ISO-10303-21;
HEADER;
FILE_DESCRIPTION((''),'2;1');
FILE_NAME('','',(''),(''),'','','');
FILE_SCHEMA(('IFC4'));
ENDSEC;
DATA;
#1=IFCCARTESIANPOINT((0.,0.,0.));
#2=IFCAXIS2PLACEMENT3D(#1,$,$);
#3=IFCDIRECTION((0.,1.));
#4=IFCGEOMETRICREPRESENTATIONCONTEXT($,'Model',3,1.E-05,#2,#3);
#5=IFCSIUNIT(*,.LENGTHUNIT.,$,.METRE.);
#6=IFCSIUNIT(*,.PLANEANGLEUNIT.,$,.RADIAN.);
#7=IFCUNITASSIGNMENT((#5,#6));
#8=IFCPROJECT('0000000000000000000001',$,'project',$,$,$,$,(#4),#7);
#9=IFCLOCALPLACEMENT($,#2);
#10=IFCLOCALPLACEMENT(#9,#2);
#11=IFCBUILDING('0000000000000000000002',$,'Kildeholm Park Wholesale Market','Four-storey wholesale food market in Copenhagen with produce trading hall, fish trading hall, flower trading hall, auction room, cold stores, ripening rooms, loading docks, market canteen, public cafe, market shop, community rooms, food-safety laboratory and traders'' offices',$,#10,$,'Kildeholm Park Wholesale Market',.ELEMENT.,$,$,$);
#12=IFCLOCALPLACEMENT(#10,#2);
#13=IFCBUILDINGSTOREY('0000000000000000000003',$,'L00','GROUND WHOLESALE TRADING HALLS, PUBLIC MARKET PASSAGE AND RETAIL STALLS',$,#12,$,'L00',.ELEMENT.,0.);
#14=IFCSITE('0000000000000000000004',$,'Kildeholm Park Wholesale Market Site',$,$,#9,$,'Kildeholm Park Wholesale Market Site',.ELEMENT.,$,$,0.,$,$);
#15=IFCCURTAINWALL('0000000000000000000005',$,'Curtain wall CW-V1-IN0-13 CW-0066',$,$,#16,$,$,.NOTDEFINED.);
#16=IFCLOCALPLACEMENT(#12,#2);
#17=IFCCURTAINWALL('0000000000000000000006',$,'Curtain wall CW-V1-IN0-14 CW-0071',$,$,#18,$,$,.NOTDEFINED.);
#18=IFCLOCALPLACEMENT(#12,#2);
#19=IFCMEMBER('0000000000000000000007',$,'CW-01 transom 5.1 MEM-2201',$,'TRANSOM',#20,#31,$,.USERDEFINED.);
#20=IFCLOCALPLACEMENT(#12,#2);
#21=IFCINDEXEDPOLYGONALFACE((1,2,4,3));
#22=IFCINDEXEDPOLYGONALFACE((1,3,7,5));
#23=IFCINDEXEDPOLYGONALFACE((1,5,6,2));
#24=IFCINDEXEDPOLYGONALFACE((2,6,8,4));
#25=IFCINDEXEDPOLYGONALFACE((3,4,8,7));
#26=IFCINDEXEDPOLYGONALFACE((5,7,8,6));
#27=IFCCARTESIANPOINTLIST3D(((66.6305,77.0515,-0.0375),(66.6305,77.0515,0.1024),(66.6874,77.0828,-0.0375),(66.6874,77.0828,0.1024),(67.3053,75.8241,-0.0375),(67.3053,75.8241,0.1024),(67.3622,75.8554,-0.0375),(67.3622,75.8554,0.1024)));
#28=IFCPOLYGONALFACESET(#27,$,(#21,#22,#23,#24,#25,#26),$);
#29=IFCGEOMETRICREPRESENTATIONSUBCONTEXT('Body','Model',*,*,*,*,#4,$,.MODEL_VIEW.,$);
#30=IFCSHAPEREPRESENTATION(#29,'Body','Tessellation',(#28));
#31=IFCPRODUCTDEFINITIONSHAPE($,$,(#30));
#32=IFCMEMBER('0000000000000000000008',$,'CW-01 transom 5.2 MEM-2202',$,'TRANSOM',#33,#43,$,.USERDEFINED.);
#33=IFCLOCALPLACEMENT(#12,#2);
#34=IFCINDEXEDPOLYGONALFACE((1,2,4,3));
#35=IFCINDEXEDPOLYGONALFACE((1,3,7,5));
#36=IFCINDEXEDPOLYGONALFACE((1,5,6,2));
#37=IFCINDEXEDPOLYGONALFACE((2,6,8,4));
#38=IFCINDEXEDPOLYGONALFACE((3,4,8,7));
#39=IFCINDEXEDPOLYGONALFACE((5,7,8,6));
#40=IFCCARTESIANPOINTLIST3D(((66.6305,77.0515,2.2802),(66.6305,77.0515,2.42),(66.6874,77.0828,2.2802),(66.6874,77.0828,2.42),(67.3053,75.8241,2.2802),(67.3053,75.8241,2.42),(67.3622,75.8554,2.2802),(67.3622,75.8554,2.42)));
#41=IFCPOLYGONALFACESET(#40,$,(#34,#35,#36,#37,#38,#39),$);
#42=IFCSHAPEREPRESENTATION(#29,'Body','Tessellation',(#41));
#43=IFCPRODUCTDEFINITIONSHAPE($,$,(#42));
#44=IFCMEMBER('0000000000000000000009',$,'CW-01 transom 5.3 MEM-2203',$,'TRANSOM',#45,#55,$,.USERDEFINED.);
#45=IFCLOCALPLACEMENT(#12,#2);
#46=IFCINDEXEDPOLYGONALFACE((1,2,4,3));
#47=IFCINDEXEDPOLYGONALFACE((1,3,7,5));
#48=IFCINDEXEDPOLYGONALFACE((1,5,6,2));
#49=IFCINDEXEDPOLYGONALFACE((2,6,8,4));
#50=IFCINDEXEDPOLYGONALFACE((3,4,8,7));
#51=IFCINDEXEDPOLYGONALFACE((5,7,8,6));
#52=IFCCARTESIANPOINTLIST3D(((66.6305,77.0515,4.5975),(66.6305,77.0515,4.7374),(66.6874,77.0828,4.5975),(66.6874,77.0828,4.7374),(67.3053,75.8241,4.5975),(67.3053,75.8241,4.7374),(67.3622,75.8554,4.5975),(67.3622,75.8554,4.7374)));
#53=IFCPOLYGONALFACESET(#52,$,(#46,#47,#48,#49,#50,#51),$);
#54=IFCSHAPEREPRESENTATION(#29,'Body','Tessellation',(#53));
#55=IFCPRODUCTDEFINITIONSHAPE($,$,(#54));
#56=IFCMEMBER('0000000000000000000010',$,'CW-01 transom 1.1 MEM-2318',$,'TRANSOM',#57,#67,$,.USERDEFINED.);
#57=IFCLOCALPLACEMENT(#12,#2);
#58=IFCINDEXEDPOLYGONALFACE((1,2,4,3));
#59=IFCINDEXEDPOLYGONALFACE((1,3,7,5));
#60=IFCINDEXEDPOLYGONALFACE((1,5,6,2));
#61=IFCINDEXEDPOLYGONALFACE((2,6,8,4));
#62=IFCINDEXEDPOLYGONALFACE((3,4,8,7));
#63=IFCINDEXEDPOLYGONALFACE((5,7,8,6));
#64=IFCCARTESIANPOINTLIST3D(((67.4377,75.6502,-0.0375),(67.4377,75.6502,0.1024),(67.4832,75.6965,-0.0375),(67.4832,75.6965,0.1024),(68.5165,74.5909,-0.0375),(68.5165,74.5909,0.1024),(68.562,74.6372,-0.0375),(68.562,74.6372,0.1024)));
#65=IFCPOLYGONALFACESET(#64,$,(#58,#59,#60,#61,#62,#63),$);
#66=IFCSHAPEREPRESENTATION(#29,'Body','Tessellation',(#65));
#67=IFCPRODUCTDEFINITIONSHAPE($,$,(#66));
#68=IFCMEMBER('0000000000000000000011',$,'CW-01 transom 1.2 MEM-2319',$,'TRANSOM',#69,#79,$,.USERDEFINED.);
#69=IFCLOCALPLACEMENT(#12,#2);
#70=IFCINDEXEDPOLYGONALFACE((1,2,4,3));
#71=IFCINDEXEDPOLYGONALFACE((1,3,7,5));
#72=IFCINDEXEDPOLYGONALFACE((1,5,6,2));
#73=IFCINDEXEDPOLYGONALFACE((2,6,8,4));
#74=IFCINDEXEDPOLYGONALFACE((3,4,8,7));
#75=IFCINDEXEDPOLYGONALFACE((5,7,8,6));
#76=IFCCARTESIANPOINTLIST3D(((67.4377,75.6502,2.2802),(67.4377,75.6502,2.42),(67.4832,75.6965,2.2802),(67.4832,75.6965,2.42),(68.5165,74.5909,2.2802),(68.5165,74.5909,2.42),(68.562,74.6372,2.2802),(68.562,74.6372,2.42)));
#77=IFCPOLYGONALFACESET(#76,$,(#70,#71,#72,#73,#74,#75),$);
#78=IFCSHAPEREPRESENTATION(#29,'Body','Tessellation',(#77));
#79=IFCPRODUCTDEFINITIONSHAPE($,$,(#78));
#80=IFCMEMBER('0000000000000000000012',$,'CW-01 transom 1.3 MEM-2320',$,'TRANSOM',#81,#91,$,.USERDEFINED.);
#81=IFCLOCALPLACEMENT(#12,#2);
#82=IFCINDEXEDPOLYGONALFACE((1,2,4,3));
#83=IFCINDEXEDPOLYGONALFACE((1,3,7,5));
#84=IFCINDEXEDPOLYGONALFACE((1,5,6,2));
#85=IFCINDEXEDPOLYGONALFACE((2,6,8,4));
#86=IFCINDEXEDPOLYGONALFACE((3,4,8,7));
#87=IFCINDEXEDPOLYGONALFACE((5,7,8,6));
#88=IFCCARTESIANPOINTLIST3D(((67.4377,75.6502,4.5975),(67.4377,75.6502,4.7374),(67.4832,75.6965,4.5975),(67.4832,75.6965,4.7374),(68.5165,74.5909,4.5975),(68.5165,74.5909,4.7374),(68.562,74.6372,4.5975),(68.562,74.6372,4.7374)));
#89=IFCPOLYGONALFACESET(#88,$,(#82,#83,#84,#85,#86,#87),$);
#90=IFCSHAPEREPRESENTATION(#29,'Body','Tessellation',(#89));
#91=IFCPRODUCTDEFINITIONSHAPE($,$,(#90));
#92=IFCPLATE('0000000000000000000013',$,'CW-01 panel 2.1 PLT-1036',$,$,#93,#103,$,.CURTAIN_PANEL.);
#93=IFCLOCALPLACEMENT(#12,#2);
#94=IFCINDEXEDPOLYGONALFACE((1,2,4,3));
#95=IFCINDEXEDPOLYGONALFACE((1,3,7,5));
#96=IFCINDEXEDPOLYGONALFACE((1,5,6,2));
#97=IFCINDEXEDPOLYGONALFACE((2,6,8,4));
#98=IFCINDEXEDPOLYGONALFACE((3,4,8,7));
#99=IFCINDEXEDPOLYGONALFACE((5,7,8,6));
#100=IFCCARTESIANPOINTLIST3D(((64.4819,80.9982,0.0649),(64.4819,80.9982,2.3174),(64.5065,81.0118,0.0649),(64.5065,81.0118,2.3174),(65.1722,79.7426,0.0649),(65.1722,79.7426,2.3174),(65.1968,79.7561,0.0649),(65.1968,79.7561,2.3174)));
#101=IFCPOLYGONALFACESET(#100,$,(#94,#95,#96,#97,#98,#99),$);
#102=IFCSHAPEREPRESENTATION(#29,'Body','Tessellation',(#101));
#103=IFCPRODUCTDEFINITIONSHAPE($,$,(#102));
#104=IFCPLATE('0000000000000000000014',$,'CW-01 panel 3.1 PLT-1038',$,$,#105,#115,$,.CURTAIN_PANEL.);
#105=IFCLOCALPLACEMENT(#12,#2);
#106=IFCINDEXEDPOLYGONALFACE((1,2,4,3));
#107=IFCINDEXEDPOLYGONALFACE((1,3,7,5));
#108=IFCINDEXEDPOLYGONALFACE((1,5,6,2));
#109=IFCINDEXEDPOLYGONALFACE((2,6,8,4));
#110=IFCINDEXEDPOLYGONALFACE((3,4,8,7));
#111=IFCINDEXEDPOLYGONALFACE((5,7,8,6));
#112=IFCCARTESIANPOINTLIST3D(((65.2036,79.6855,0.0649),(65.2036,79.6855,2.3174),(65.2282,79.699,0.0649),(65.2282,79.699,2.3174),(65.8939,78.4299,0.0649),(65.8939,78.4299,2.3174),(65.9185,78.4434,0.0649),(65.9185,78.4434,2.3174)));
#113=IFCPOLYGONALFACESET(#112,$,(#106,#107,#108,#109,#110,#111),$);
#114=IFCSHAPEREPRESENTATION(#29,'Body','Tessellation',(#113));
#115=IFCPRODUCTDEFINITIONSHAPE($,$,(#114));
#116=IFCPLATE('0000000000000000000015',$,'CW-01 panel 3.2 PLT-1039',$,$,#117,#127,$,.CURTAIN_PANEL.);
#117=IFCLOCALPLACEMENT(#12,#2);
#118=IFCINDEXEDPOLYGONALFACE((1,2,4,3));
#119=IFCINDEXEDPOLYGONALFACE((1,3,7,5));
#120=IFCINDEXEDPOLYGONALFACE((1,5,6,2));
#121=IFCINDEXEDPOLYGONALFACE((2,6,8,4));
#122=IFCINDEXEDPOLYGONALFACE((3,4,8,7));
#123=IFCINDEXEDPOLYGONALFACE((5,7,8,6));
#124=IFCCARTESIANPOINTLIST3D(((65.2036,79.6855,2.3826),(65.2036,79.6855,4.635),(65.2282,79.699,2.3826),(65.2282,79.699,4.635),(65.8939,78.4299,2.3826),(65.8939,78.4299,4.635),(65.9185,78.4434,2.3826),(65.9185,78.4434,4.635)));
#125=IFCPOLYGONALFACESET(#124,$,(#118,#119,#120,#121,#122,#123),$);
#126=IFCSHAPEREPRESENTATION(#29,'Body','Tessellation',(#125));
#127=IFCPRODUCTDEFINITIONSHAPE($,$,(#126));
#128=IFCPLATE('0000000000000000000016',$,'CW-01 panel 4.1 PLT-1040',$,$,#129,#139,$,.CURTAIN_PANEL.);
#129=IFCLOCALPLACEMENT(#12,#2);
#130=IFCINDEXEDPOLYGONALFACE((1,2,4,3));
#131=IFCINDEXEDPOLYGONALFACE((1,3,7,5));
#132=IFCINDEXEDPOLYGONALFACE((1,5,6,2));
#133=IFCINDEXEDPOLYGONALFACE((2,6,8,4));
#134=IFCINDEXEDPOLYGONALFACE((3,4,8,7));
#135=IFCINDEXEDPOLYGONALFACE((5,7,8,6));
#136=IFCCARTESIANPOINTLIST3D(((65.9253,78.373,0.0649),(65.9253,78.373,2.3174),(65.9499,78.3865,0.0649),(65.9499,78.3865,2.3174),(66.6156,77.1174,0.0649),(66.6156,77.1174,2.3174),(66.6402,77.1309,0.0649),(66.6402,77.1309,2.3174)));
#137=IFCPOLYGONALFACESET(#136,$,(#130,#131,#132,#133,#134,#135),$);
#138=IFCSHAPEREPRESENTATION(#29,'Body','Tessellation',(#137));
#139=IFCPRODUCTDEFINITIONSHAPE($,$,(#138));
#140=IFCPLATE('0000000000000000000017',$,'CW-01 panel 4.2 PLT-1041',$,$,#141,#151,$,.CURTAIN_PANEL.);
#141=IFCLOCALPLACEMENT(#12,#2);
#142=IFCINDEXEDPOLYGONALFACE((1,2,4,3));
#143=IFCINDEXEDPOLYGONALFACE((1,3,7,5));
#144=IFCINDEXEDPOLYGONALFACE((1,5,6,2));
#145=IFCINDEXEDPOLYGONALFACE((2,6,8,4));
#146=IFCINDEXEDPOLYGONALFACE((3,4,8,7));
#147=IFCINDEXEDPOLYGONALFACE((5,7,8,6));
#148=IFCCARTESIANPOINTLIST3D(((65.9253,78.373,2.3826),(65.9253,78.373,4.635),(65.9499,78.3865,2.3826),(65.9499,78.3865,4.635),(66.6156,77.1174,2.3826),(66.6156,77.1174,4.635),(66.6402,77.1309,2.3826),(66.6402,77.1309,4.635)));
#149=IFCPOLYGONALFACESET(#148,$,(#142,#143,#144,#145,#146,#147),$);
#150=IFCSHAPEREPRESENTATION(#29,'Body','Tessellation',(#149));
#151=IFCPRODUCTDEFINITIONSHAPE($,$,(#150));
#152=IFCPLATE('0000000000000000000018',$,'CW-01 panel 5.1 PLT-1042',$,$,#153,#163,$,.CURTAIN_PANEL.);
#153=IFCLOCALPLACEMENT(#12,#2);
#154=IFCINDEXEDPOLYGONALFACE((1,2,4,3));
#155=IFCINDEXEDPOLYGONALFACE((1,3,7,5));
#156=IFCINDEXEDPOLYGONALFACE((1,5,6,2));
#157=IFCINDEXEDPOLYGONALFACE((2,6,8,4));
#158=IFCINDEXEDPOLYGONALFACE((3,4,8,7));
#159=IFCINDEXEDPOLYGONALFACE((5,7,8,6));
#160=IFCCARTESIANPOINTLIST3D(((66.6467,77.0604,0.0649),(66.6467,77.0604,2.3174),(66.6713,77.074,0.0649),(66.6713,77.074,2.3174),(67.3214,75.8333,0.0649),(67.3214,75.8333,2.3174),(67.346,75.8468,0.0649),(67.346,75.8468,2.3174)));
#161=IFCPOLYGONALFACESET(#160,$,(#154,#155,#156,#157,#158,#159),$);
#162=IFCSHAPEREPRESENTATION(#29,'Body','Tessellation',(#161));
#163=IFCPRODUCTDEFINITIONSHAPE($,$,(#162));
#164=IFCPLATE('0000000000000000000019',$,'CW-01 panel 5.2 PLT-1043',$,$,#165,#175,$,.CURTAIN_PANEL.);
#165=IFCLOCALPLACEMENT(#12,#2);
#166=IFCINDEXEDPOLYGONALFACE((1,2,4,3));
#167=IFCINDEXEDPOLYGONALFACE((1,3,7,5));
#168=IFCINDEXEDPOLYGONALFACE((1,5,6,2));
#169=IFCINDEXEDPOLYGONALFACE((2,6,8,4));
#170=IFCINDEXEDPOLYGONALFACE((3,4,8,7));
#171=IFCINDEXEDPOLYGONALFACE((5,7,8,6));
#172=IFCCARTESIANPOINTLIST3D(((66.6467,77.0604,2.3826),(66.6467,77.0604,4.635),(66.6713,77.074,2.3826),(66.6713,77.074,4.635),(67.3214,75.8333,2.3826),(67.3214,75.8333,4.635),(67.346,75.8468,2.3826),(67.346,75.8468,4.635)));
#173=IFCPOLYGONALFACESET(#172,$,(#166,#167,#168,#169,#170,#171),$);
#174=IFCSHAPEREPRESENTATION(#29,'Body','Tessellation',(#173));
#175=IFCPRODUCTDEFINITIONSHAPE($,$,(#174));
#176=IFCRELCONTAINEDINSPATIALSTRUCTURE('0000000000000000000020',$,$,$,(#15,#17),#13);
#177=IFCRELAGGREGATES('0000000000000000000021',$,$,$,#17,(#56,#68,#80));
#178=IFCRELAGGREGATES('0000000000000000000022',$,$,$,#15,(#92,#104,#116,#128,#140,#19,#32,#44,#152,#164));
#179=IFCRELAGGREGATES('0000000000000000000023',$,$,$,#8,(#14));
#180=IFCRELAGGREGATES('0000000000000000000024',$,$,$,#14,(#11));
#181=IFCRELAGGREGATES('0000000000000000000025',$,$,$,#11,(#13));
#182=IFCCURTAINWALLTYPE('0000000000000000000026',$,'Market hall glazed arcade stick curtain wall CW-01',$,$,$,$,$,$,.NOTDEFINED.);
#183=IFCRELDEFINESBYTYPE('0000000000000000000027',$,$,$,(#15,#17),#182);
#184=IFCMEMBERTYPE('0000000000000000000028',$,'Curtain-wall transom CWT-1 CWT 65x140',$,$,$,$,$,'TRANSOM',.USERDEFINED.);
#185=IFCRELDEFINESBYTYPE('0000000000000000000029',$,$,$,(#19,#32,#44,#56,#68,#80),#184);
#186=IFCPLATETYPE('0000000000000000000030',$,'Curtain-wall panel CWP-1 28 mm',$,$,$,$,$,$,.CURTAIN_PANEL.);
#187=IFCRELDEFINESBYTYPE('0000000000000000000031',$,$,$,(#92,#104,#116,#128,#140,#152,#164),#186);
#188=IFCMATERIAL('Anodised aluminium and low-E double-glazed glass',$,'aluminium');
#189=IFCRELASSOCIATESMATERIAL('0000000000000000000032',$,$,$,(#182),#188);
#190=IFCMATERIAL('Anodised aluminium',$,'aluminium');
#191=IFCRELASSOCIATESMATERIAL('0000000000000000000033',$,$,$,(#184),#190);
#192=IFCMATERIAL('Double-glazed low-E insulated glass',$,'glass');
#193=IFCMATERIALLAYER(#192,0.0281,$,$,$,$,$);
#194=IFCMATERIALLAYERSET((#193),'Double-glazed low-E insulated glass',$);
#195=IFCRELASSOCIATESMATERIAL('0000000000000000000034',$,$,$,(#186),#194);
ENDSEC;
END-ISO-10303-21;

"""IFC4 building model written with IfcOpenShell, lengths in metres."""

from ifc_helpers import new_model, si_unit, direction, frame, origin, origin_2d, place, context, subcontext, project, spatial, rectangle, extrude, material, layer, layer_set, material_profile, profile_set, type_object, element, aggregate, save


model = new_model("IFC4")

# Units and contexts
model_context = context("Model", 3, precision=1e-05, world=origin(), true_north=direction((0.0, 1.0)))
body_context = subcontext(model_context, "Body", "Model", "MODEL_VIEW")
ifc_project = project(units=[si_unit("LENGTHUNIT", "METRE"), si_unit("PLANEANGLEUNIT", "RADIAN")], contexts=[model_context])

# Site, building, storey
site_placement = place(None, origin())
site = spatial("IfcSite", under=ifc_project, at=site_placement, Name="Kildeholm Park Wholesale Market Site", LongName="Kildeholm Park Wholesale Market Site", CompositionType="ELEMENT", RefElevation=0.0)
building_placement = place(site_placement, origin())
building = spatial("IfcBuilding", under=site, at=building_placement, Name="Kildeholm Park Wholesale Market", Description="Four-storey wholesale food market in Copenhagen with produce trading hall, fish trading hall, flower trading hall, auction room, cold stores, ripening rooms, loading docks, market canteen, public cafe, market shop, community rooms, food-safety laboratory and traders' offices", LongName="Kildeholm Park Wholesale Market", CompositionType="ELEMENT")
storey_placement = place(building_placement, origin())
storey = spatial("IfcBuildingStorey", under=building, at=storey_placement, Name="L00", Description="GROUND WHOLESALE TRADING HALLS, PUBLIC MARKET PASSAGE AND RETAIL STALLS", LongName="L00", CompositionType="ELEMENT", Elevation=0.0)

# Curtain wall
ifc_material_1 = material(Name="Anodised aluminium and low-E double-glazed glass", Category="aluminium")
curtain_wall_type = type_object("IfcCurtainWallType", Name="Market hall glazed arcade stick curtain wall CW-01", PredefinedType="NOTDEFINED", material=ifc_material_1)
curtain_wall_1_placement = place(storey_placement, origin())
curtain_wall_1 = element("IfcCurtainWall", 1, at=curtain_wall_1_placement, inside=storey, type_object=curtain_wall_type, Name="Curtain wall CW-V1-IN0-13 CW-0066", PredefinedType="NOTDEFINED")
ifc_material_2 = material(Name="Anodised aluminium", Category="aluminium")

# Curtain wall
curtain_wall_2_placement = place(storey_placement, origin())
curtain_wall_2 = element("IfcCurtainWall", 2, at=curtain_wall_2_placement, inside=storey, type_object=curtain_wall_type, Name="Curtain wall CW-V1-IN0-14 CW-0071", PredefinedType="NOTDEFINED")

# Members
ifc_material_profile_1 = material_profile(ifc_material_2, rectangle(XDim=0.0649, YDim=0.1399, at=origin_2d()), Name="CWT 65x140")
ifc_profile_set_1 = profile_set([ifc_material_profile_1], Name="Anodised aluminium")
member_type_1 = type_object("IfcMemberType", Name="Curtain-wall transom CWT-1 CWT 65x140", ElementType="TRANSOM", PredefinedType="USERDEFINED", material=ifc_profile_set_1)
member_1_placement = place(storey_placement, frame((66.6589, 77.0671, 0.0325), z_axis=(0.481805, -0.876278, 0.0), x_axis=(0.876278, 0.481805, 0.0)))
member_1 = element("IfcMember", 3, at=member_1_placement, type_object=member_type_1, Name="CW-01 transom 5.1 MEM-2201", ObjectType="TRANSOM", PredefinedType="USERDEFINED", context=body_context, shape_type="SweptSolid", body=[
    extrude(rectangle(XDim=0.0649, YDim=0.1399, at=origin_2d()), origin(), (0.0, 0.0, 1.0), 1.4006),
])
member_2_placement = place(storey_placement, frame((66.6589, 77.0671, 2.3501), z_axis=(0.481805, -0.876278, 0.0), x_axis=(0.876278, 0.481805, 0.0)))
member_2 = element("IfcMember", 4, at=member_2_placement, type_object=member_type_1, Name="CW-01 transom 5.2 MEM-2202", ObjectType="TRANSOM", PredefinedType="USERDEFINED", context=body_context, shape_type="SweptSolid", body=[
    extrude(rectangle(XDim=0.0649, YDim=0.1399, at=origin_2d()), origin(), (0.0, 0.0, 1.0), 1.4006),
])
member_3_placement = place(storey_placement, frame((66.6589, 77.0671, 4.6675), z_axis=(0.481805, -0.876278, 0.0), x_axis=(0.876278, 0.481805, 0.0)))
member_3 = element("IfcMember", 5, at=member_3_placement, type_object=member_type_1, Name="CW-01 transom 5.3 MEM-2203", ObjectType="TRANSOM", PredefinedType="USERDEFINED", context=body_context, shape_type="SweptSolid", body=[
    extrude(rectangle(XDim=0.0649, YDim=0.1399, at=origin_2d()), origin(), (0.0, 0.0, 1.0), 1.4006),
])
member_4_placement = place(storey_placement, frame((67.4604, 75.6733, 0.0325), z_axis=(0.713536, -0.700618, 0.0), x_axis=(0.700618, 0.713536, 0.0)))
member_4 = element("IfcMember", 6, at=member_4_placement, type_object=member_type_1, Name="CW-01 transom 1.1 MEM-2318", ObjectType="TRANSOM", PredefinedType="USERDEFINED", context=body_context, shape_type="SweptSolid", body=[
    extrude(rectangle(XDim=0.0649, YDim=0.1399, at=origin_2d()), origin(), (0.0, 0.0, 1.0), 1.512),
])
member_5_placement = place(storey_placement, frame((67.4604, 75.6733, 2.3501), z_axis=(0.713536, -0.700618, 0.0), x_axis=(0.700618, 0.713536, 0.0)))
member_5 = element("IfcMember", 7, at=member_5_placement, type_object=member_type_1, Name="CW-01 transom 1.2 MEM-2319", ObjectType="TRANSOM", PredefinedType="USERDEFINED", context=body_context, shape_type="SweptSolid", body=[
    extrude(rectangle(XDim=0.0649, YDim=0.1399, at=origin_2d()), origin(), (0.0, 0.0, 1.0), 1.512),
])
member_6_placement = place(storey_placement, frame((67.4604, 75.6733, 4.6675), z_axis=(0.713536, -0.700618, 0.0), x_axis=(0.700618, 0.713536, 0.0)))
member_6 = element("IfcMember", 8, at=member_6_placement, type_object=member_type_1, Name="CW-01 transom 1.3 MEM-2320", ObjectType="TRANSOM", PredefinedType="USERDEFINED", context=body_context, shape_type="SweptSolid", body=[
    extrude(rectangle(XDim=0.0649, YDim=0.1399, at=origin_2d()), origin(), (0.0, 0.0, 1.0), 1.512),
])
aggregate(curtain_wall_2, [member_4, member_5, member_6])

# Plates
ifc_material_3 = material(Name="Double-glazed low-E insulated glass", Category="glass")
ifc_layer = layer(ifc_material_3, 0.0281)
ifc_layer_set = layer_set([ifc_layer], Name="Double-glazed low-E insulated glass")
plate_type = type_object("IfcPlateType", Name="Curtain-wall panel CWP-1 28 mm", PredefinedType="CURTAIN_PANEL", material=ifc_layer_set)
plate_1_placement = place(storey_placement, frame((64.8394, 80.3772, 0.0649), z_axis=(0.0, 0.0, 1.0), x_axis=(0.48175, -0.876309, 0.0)))
plate_1 = element("IfcPlate", 9, at=plate_1_placement, type_object=plate_type, Name="CW-01 panel 2.1 PLT-1036", PredefinedType="CURTAIN_PANEL", context=body_context, shape_type="SweptSolid", body=[
    extrude(rectangle(XDim=1.4329, YDim=0.0281, at=origin_2d()), origin(), (0.0, 0.0, 1.0), 2.2524),
])
plate_2_placement = place(storey_placement, frame((65.561, 79.0645, 0.0649), z_axis=(0.0, 0.0, 1.0), x_axis=(0.48175, -0.876309, 0.0)))
plate_2 = element("IfcPlate", 10, at=plate_2_placement, type_object=plate_type, Name="CW-01 panel 3.1 PLT-1038", PredefinedType="CURTAIN_PANEL", context=body_context, shape_type="SweptSolid", body=[
    extrude(rectangle(XDim=1.4329, YDim=0.0281, at=origin_2d()), origin(), (0.0, 0.0, 1.0), 2.2524),
])
plate_3_placement = place(storey_placement, frame((65.561, 79.0645, 2.3826), z_axis=(0.0, 0.0, 1.0), x_axis=(0.48175, -0.876309, 0.0)))
plate_3 = element("IfcPlate", 11, at=plate_3_placement, type_object=plate_type, Name="CW-01 panel 3.2 PLT-1039", PredefinedType="CURTAIN_PANEL", context=body_context, shape_type="SweptSolid", body=[
    extrude(rectangle(XDim=1.4329, YDim=0.0281, at=origin_2d()), origin(), (0.0, 0.0, 1.0), 2.2524),
])
plate_4_placement = place(storey_placement, frame((66.2827, 77.752, 0.0649), z_axis=(0.0, 0.0, 1.0), x_axis=(0.48175, -0.876309, 0.0)))
plate_4 = element("IfcPlate", 12, at=plate_4_placement, type_object=plate_type, Name="CW-01 panel 4.1 PLT-1040", PredefinedType="CURTAIN_PANEL", context=body_context, shape_type="SweptSolid", body=[
    extrude(rectangle(XDim=1.4329, YDim=0.0281, at=origin_2d()), origin(), (0.0, 0.0, 1.0), 2.2524),
])
plate_5_placement = place(storey_placement, frame((66.2827, 77.752, 2.3826), z_axis=(0.0, 0.0, 1.0), x_axis=(0.48175, -0.876309, 0.0)))
plate_5 = element("IfcPlate", 13, at=plate_5_placement, type_object=plate_type, Name="CW-01 panel 4.2 PLT-1041", PredefinedType="CURTAIN_PANEL", context=body_context, shape_type="SweptSolid", body=[
    extrude(rectangle(XDim=1.4329, YDim=0.0281, at=origin_2d()), origin(), (0.0, 0.0, 1.0), 2.2524),
])
plate_6_placement = place(storey_placement, frame((66.9963, 76.4536, 0.0649), z_axis=(0.0, 0.0, 1.0), x_axis=(0.48175, -0.876309, 0.0)))
plate_6 = element("IfcPlate", 14, at=plate_6_placement, type_object=plate_type, Name="CW-01 panel 5.1 PLT-1042", PredefinedType="CURTAIN_PANEL", context=body_context, shape_type="SweptSolid", body=[
    extrude(rectangle(XDim=1.4004, YDim=0.0281, at=origin_2d()), origin(), (0.0, 0.0, 1.0), 2.2524),
])
plate_7_placement = place(storey_placement, frame((66.9963, 76.4536, 2.3826), z_axis=(0.0, 0.0, 1.0), x_axis=(0.48175, -0.876309, 0.0)))
plate_7 = element("IfcPlate", 15, at=plate_7_placement, type_object=plate_type, Name="CW-01 panel 5.2 PLT-1043", PredefinedType="CURTAIN_PANEL", context=body_context, shape_type="SweptSolid", body=[
    extrude(rectangle(XDim=1.4004, YDim=0.0281, at=origin_2d()), origin(), (0.0, 0.0, 1.0), 2.2524),
])
aggregate(curtain_wall_1, [plate_1, plate_2, plate_3, plate_4, plate_5, member_1, member_2, member_3, plate_6, plate_7])

save(model, "model.ifc")
